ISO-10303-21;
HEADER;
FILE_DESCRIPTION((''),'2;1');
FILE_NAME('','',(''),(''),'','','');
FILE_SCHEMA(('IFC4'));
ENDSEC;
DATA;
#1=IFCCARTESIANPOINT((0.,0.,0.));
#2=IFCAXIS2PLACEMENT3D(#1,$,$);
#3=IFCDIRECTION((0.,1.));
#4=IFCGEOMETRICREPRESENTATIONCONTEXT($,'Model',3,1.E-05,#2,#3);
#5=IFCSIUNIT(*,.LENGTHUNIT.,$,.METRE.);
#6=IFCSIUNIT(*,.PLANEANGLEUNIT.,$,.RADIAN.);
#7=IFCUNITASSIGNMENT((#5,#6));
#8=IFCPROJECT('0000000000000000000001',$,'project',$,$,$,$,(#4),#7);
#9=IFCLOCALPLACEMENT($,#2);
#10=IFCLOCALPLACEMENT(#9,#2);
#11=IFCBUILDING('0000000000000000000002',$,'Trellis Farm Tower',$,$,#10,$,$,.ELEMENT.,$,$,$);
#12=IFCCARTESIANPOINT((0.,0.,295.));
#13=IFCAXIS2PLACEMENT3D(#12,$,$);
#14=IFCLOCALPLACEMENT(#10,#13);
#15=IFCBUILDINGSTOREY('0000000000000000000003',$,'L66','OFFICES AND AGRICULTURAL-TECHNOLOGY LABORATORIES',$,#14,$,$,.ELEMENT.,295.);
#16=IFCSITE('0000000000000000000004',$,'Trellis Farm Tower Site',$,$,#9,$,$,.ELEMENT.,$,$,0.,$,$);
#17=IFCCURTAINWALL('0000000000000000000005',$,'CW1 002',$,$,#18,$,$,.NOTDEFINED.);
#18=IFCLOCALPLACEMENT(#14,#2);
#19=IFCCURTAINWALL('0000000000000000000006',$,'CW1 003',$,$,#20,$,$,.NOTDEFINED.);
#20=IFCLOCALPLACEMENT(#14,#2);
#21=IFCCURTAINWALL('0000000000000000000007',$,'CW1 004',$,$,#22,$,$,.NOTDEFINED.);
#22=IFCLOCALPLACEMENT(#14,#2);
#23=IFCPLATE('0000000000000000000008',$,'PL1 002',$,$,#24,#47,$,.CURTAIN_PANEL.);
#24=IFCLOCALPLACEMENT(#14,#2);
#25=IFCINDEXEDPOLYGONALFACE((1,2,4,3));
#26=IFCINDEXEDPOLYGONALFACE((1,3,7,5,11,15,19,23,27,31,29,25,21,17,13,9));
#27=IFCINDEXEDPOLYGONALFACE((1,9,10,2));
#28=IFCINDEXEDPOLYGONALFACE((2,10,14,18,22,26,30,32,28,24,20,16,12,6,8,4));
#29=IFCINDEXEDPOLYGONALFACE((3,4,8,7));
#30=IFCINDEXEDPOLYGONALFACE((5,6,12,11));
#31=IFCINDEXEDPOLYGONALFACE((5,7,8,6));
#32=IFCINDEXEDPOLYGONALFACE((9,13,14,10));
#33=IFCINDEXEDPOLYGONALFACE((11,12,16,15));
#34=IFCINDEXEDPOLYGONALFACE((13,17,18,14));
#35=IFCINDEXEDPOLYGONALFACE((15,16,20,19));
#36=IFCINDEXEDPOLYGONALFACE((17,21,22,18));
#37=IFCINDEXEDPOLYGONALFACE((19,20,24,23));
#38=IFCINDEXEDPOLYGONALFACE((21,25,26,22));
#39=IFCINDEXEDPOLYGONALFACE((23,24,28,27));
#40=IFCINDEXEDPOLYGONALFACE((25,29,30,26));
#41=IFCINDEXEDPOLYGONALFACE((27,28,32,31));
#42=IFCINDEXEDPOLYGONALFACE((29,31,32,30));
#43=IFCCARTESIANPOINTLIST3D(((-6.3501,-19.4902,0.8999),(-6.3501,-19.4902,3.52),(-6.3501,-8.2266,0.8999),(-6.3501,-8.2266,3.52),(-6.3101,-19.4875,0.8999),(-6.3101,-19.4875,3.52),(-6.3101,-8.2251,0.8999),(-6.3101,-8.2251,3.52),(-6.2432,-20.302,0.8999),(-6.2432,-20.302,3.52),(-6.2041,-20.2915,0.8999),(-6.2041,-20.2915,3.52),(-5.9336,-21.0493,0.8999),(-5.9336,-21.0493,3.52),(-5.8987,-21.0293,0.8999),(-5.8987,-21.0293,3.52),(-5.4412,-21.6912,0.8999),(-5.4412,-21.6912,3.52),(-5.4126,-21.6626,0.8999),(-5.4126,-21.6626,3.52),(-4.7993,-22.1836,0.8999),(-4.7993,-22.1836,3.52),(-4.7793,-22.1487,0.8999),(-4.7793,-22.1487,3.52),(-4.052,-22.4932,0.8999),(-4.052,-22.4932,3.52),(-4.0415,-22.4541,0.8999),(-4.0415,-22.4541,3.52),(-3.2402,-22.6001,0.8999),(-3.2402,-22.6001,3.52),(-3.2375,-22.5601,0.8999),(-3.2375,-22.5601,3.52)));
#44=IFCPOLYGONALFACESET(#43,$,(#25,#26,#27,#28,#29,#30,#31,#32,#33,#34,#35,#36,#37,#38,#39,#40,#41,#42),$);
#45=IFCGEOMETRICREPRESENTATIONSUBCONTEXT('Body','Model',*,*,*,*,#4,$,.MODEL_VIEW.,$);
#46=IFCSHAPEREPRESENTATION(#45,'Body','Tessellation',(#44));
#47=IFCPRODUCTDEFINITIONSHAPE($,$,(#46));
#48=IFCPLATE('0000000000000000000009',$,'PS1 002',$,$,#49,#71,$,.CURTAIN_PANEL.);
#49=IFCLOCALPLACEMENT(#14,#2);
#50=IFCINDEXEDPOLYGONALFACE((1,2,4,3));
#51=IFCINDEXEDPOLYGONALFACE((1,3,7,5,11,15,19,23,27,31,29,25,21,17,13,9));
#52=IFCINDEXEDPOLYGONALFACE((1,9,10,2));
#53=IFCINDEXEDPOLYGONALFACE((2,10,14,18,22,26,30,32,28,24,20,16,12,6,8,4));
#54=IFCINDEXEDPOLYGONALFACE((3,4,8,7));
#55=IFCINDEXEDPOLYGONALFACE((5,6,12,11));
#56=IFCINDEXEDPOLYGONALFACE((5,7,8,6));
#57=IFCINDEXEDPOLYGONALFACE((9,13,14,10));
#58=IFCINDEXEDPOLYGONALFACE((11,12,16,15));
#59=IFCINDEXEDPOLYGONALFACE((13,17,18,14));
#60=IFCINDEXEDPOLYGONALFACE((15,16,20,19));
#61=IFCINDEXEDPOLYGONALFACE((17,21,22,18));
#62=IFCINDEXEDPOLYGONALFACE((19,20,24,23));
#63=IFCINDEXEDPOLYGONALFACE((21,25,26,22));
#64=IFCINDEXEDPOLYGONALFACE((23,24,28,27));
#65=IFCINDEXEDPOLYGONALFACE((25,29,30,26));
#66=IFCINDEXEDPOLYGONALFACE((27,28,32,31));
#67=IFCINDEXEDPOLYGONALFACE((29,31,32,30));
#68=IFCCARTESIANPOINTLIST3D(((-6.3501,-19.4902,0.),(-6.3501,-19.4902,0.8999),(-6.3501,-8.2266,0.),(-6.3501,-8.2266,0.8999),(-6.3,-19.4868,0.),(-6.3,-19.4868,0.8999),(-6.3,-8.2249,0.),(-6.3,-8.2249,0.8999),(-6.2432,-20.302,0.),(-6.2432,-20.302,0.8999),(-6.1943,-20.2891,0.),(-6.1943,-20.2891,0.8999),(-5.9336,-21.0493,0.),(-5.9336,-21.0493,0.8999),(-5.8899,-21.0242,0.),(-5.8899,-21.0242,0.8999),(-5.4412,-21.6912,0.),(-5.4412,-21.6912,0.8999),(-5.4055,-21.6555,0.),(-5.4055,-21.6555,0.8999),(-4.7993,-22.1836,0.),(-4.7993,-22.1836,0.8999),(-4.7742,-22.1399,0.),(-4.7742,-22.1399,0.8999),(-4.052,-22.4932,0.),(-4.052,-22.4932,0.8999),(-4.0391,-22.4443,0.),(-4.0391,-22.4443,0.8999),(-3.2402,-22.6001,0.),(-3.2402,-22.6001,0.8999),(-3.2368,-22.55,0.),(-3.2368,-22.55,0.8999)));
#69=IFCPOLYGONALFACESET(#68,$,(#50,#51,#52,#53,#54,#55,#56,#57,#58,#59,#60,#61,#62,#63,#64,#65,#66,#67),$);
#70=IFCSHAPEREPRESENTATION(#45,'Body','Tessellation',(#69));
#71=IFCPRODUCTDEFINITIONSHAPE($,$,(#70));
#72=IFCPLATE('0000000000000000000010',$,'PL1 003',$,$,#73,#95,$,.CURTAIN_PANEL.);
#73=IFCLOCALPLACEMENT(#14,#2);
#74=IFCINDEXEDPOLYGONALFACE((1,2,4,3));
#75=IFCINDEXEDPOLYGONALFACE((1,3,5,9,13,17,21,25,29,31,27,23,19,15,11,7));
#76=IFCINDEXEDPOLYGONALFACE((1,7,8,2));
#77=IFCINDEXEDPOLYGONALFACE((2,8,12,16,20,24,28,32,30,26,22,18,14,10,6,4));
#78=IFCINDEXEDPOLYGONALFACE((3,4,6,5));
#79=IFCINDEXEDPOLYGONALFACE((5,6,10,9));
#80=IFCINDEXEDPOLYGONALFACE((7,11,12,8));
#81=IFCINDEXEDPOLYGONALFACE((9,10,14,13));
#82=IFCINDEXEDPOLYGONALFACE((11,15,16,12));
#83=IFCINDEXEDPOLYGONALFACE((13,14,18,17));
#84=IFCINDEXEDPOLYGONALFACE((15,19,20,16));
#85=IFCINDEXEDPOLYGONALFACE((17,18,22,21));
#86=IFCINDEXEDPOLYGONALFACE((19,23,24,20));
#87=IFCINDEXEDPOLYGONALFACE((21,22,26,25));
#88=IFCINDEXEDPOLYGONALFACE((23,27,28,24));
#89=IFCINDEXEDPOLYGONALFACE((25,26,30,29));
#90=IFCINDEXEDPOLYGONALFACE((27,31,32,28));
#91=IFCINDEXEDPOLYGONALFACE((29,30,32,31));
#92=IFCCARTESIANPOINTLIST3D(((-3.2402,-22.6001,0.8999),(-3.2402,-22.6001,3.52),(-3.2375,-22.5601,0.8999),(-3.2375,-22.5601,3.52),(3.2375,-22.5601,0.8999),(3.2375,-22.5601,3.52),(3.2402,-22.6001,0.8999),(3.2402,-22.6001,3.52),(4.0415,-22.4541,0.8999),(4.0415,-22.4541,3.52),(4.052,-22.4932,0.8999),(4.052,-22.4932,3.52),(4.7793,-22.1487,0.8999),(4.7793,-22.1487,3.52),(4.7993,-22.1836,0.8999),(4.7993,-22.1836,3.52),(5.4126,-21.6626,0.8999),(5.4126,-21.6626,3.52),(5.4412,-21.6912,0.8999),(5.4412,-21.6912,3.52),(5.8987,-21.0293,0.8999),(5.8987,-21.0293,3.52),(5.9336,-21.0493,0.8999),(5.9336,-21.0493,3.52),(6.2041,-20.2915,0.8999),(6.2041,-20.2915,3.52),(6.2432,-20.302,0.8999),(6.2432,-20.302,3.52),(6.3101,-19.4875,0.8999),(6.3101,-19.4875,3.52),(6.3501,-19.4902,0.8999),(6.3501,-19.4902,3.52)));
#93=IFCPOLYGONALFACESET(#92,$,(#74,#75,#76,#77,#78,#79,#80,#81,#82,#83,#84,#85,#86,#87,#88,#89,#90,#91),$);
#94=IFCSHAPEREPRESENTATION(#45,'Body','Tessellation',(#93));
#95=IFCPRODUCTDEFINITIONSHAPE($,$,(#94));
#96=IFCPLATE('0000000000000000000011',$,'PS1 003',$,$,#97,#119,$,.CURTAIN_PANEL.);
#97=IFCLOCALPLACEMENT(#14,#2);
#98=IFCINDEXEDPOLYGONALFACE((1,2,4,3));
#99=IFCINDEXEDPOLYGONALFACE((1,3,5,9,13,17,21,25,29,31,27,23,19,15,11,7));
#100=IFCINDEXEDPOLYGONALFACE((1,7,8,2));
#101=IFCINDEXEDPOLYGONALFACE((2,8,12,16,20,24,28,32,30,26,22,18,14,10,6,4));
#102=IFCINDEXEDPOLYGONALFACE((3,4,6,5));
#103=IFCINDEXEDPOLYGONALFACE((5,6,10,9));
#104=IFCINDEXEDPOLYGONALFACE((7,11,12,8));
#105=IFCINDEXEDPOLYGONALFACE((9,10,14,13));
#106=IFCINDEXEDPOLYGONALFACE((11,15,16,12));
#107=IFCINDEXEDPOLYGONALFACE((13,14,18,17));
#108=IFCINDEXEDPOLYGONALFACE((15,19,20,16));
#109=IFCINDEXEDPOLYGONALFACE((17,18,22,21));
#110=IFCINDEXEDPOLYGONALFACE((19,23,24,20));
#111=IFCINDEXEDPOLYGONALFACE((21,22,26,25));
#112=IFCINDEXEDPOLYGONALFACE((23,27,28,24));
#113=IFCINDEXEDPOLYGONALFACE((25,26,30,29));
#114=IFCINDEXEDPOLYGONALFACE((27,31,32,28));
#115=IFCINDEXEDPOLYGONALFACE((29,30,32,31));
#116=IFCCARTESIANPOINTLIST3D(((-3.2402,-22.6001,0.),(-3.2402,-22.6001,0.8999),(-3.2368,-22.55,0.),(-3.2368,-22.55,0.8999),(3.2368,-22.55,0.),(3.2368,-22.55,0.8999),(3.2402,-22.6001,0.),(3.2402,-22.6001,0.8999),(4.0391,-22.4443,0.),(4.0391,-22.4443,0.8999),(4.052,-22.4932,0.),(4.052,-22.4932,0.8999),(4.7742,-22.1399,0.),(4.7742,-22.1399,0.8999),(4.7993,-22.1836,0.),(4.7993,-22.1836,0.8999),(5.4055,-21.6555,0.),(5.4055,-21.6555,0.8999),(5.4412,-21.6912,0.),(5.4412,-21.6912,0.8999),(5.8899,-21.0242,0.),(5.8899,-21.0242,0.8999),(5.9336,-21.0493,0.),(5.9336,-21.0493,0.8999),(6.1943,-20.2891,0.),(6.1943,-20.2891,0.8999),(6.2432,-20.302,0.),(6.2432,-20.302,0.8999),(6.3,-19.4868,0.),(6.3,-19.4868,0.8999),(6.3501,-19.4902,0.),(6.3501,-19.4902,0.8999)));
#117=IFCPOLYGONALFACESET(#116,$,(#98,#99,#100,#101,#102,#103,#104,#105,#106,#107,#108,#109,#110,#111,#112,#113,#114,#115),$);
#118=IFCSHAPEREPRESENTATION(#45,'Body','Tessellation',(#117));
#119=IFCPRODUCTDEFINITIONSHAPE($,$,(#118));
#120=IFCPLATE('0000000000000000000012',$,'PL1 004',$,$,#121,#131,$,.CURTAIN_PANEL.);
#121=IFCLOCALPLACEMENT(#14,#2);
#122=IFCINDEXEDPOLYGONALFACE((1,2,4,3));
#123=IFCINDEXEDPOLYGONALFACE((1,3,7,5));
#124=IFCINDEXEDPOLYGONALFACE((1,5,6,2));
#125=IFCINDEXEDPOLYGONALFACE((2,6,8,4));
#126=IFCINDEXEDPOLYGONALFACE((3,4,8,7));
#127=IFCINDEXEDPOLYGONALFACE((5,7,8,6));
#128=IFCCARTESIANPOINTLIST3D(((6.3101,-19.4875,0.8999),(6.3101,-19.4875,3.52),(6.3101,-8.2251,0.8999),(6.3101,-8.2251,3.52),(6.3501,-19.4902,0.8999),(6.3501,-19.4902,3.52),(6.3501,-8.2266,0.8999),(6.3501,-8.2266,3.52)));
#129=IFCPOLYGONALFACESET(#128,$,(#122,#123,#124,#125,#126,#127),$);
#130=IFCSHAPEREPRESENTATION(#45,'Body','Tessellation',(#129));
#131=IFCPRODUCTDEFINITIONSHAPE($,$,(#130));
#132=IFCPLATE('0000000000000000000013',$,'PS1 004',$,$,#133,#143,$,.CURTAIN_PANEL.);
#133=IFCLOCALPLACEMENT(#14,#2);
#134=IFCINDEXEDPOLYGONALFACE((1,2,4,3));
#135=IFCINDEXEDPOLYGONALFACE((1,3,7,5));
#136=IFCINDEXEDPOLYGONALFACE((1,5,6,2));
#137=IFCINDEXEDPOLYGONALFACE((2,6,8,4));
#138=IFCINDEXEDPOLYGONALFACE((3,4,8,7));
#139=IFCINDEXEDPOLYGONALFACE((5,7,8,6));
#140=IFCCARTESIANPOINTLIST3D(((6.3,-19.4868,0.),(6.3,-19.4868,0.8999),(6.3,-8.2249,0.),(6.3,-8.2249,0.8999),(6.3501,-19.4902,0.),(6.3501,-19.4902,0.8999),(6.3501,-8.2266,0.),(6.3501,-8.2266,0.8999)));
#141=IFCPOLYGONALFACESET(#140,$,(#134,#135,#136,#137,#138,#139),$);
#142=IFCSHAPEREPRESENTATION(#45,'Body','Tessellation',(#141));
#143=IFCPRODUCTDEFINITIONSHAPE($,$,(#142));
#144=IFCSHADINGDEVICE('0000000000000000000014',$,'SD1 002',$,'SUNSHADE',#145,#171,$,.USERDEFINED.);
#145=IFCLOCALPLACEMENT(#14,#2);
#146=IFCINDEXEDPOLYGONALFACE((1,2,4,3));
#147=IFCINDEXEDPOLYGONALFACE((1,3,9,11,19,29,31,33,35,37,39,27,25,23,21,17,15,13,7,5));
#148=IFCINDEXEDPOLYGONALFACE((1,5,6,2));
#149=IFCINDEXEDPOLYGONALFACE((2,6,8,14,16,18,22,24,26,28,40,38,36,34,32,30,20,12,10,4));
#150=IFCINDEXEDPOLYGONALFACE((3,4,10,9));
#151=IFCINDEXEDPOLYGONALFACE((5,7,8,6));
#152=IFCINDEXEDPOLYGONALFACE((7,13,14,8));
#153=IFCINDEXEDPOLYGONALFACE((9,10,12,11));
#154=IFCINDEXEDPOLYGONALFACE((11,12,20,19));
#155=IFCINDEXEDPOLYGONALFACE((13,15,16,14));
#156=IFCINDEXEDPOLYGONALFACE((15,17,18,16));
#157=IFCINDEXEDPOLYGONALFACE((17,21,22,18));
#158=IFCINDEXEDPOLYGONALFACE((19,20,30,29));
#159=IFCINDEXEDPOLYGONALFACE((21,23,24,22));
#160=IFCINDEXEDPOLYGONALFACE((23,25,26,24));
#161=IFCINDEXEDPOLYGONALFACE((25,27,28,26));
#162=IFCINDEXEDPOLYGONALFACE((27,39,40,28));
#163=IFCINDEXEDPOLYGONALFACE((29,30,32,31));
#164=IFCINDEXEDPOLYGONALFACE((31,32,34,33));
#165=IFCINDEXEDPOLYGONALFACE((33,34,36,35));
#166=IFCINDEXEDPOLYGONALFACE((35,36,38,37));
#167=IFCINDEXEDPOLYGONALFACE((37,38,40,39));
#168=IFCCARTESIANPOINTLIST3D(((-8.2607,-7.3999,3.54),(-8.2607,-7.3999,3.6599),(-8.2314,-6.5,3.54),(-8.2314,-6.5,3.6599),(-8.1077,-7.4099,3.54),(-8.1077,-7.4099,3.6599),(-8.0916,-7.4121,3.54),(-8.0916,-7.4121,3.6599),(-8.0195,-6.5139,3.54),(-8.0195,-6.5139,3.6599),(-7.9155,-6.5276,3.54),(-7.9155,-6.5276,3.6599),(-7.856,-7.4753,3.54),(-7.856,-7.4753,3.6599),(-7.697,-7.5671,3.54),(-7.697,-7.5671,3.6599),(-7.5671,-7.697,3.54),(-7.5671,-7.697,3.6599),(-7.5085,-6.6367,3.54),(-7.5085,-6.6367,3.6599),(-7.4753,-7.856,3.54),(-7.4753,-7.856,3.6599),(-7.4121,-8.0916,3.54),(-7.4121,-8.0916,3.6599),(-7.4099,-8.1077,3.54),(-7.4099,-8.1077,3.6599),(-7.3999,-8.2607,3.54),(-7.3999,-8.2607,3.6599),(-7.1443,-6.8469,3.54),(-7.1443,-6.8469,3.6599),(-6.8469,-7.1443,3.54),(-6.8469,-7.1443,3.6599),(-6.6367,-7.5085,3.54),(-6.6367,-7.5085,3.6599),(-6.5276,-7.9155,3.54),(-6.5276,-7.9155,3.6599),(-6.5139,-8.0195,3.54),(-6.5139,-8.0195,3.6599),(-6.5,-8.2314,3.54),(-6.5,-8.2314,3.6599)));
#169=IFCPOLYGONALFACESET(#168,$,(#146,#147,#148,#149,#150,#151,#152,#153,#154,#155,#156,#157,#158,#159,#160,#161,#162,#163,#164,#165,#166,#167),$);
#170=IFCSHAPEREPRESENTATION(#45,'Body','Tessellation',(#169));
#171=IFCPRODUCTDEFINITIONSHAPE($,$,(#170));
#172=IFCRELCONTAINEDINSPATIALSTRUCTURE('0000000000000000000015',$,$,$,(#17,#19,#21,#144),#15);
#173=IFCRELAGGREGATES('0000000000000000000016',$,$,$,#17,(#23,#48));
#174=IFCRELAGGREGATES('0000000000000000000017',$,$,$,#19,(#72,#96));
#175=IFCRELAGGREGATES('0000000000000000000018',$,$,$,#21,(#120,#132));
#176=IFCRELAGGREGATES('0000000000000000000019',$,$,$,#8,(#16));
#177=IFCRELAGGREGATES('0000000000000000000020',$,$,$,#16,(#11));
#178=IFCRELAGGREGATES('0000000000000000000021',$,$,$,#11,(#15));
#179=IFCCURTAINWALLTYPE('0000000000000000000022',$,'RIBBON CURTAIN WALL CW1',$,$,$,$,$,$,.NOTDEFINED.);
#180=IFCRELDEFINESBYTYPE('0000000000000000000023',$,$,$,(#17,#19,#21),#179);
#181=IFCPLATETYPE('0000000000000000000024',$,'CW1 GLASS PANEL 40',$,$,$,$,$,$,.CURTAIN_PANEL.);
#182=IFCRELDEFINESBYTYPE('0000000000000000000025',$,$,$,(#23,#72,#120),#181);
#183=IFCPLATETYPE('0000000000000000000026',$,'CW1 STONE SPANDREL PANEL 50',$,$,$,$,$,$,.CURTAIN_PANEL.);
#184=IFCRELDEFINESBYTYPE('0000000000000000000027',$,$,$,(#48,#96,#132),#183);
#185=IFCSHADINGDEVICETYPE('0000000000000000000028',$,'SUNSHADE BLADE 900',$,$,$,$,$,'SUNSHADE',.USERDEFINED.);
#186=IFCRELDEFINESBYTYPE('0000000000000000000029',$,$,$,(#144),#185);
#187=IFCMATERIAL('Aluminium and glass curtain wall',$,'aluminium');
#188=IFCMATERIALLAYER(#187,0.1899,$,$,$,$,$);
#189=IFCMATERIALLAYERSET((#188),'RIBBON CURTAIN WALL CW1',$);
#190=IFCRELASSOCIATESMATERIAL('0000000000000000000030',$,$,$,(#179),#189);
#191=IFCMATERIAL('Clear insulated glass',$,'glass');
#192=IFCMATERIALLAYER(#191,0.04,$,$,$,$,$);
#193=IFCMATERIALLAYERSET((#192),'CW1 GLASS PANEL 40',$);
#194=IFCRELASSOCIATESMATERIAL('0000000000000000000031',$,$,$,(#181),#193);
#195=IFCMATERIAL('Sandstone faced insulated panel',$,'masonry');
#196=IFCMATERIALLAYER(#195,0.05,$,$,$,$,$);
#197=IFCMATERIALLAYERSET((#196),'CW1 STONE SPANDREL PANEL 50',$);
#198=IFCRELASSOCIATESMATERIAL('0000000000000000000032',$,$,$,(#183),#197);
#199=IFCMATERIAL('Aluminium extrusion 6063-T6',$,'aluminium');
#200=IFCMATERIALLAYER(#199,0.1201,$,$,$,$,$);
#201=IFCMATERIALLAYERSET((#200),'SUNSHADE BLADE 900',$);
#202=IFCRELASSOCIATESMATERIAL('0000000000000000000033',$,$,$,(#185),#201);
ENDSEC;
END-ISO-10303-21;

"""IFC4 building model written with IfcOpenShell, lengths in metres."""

from ifc_helpers import new_model, si_unit, direction, frame, origin, place, context, subcontext, project, spatial, polyline, outline, extrude, source, transform, mapped, material, layer, layer_set, type_object, element, aggregate, save


model = new_model("IFC4")

# Units and contexts
model_context = context("Model", 3, precision=1e-05, world=origin(), true_north=direction((0.0, 1.0)))
body_context = subcontext(model_context, "Body", "Model", "MODEL_VIEW")
ifc_project = project(units=[si_unit("LENGTHUNIT", "METRE"), si_unit("PLANEANGLEUNIT", "RADIAN")], contexts=[model_context])

# Site, building, storey
site_placement = place(None, origin())
site = spatial("IfcSite", under=ifc_project, at=site_placement, Name="Trellis Farm Tower Site", CompositionType="ELEMENT", RefElevation=0.0)
building_placement = place(site_placement, origin())
building = spatial("IfcBuilding", under=site, at=building_placement, Name="Trellis Farm Tower", CompositionType="ELEMENT")
storey_placement = place(building_placement, frame((0.0, 0.0, 295.0)))
storey = spatial("IfcBuildingStorey", under=building, at=storey_placement, Name="L66", Description="OFFICES AND AGRICULTURAL-TECHNOLOGY LABORATORIES", CompositionType="ELEMENT", Elevation=295.0)

# Curtain walls
ifc_material_1 = material(Name="Aluminium and glass curtain wall", Category="aluminium")
placement_1 = place(storey_placement, origin())
ifc_material_2 = material(Name="Aluminium extrusion 6063-T6", Category="aluminium")
ifc_layer_1 = layer(ifc_material_1, 0.1899)
ifc_layer_set_1 = layer_set([ifc_layer_1], Name="RIBBON CURTAIN WALL CW1")
curtain_wall_type_1 = type_object("IfcCurtainWallType", Name="RIBBON CURTAIN WALL CW1", PredefinedType="NOTDEFINED", material=ifc_layer_set_1)
curtain_wall_1 = element("IfcCurtainWall", 1, at=placement_1, inside=storey, type_object=curtain_wall_type_1, Name="CW1 002", PredefinedType="NOTDEFINED")
curtain_wall_2 = element("IfcCurtainWall", 2, at=placement_1, inside=storey, type_object=curtain_wall_type_1, Name="CW1 003", PredefinedType="NOTDEFINED")
curtain_wall_3 = element("IfcCurtainWall", 3, at=placement_1, inside=storey, type_object=curtain_wall_type_1, Name="CW1 004", PredefinedType="NOTDEFINED")

# Plates
ifc_material_3 = material(Name="Clear insulated glass", Category="glass")
ifc_layer_2 = layer(ifc_material_3, 0.04)
ifc_layer_set_2 = layer_set([ifc_layer_2], Name="CW1 GLASS PANEL 40")
plate_type_1 = type_object("IfcPlateType", Name="CW1 GLASS PANEL 40", PredefinedType="CURTAIN_PANEL", material=ifc_layer_set_2)
shared_shape_1 = source(origin(), body_context, "Body", "SweptSolid", [
    extrude(outline(polyline([(-6.3501, -8.2266), (-6.3501, -19.4902), (-6.2432, -20.302), (-5.9336, -21.0493), (-5.4412, -21.6912), (-4.7993, -22.1836), (-4.052, -22.4932), (-3.2402, -22.6001), (-3.2375, -22.5601), (-4.0415, -22.4541), (-4.7793, -22.1487), (-5.4126, -21.6626), (-5.8987, -21.0293), (-6.2041, -20.2915), (-6.3101, -19.4875), (-6.3101, -8.2251), (-6.3501, -8.2266)])), origin(), (0.0, 0.0, 1.0), 2.6201),
])
placement_2 = place(storey_placement, frame((0.0, 0.0, 0.8999)))
plate_1 = element("IfcPlate", 4, at=placement_2, type_object=plate_type_1, Name="PL1 002", PredefinedType="CURTAIN_PANEL", context=body_context, shape_type="MappedRepresentation", body=[
    mapped(shared_shape_1, transform((0.0, 0.0, 0.0))),
])
ifc_material_4 = material(Name="Sandstone faced insulated panel", Category="masonry")
ifc_layer_3 = layer(ifc_material_4, 0.05)
ifc_layer_set_3 = layer_set([ifc_layer_3], Name="CW1 STONE SPANDREL PANEL 50")
plate_type_2 = type_object("IfcPlateType", Name="CW1 STONE SPANDREL PANEL 50", PredefinedType="CURTAIN_PANEL", material=ifc_layer_set_3)
shared_shape_2 = source(origin(), body_context, "Body", "SweptSolid", [
    extrude(outline(polyline([(-6.3501, -8.2266), (-6.3501, -19.4902), (-6.2432, -20.302), (-5.9336, -21.0493), (-5.4412, -21.6912), (-4.7993, -22.1836), (-4.052, -22.4932), (-3.2402, -22.6001), (-3.2368, -22.55), (-4.0391, -22.4443), (-4.7742, -22.1399), (-5.4055, -21.6555), (-5.8899, -21.0242), (-6.1943, -20.2891), (-6.3, -19.4868), (-6.3, -8.2249), (-6.3501, -8.2266)])), origin(), (0.0, 0.0, 1.0), 0.8999),
])
plate_2 = element("IfcPlate", 5, at=placement_1, type_object=plate_type_2, Name="PS1 002", PredefinedType="CURTAIN_PANEL", context=body_context, shape_type="MappedRepresentation", body=[
    mapped(shared_shape_2, transform((0.0, 0.0, 0.0))),
])
aggregate(curtain_wall_1, [plate_1, plate_2])
shared_shape_3 = source(origin(), body_context, "Body", "SweptSolid", [
    extrude(outline(polyline([(-3.2402, -22.6001), (3.2402, -22.6001), (4.052, -22.4932), (4.7993, -22.1836), (5.4412, -21.6912), (5.9336, -21.0493), (6.2432, -20.302), (6.3501, -19.4902), (6.3101, -19.4875), (6.2041, -20.2915), (5.8987, -21.0293), (5.4126, -21.6626), (4.7793, -22.1487), (4.0415, -22.4541), (3.2375, -22.5601), (-3.2375, -22.5601), (-3.2402, -22.6001)])), origin(), (0.0, 0.0, 1.0), 2.6201),
])
plate_3 = element("IfcPlate", 6, at=placement_2, type_object=plate_type_1, Name="PL1 003", PredefinedType="CURTAIN_PANEL", context=body_context, shape_type="MappedRepresentation", body=[
    mapped(shared_shape_3, transform((0.0, 0.0, 0.0))),
])
shared_shape_4 = source(origin(), body_context, "Body", "SweptSolid", [
    extrude(outline(polyline([(-3.2402, -22.6001), (3.2402, -22.6001), (4.052, -22.4932), (4.7993, -22.1836), (5.4412, -21.6912), (5.9336, -21.0493), (6.2432, -20.302), (6.3501, -19.4902), (6.3, -19.4868), (6.1943, -20.2891), (5.8899, -21.0242), (5.4055, -21.6555), (4.7742, -22.1399), (4.0391, -22.4443), (3.2368, -22.55), (-3.2368, -22.55), (-3.2402, -22.6001)])), origin(), (0.0, 0.0, 1.0), 0.8999),
])
plate_4 = element("IfcPlate", 7, at=placement_1, type_object=plate_type_2, Name="PS1 003", PredefinedType="CURTAIN_PANEL", context=body_context, shape_type="MappedRepresentation", body=[
    mapped(shared_shape_4, transform((0.0, 0.0, 0.0))),
])
aggregate(curtain_wall_2, [plate_3, plate_4])
shared_shape_5 = source(origin(), body_context, "Body", "SweptSolid", [
    extrude(outline(polyline([(6.3501, -19.4902), (6.3501, -8.2266), (6.3101, -8.2251), (6.3101, -19.4875), (6.3501, -19.4902)])), origin(), (0.0, 0.0, 1.0), 2.6201),
])
plate_5 = element("IfcPlate", 8, at=placement_2, type_object=plate_type_1, Name="PL1 004", PredefinedType="CURTAIN_PANEL", context=body_context, shape_type="MappedRepresentation", body=[
    mapped(shared_shape_5, transform((0.0, 0.0, 0.0))),
])
shared_shape_6 = source(origin(), body_context, "Body", "SweptSolid", [
    extrude(outline(polyline([(6.3501, -19.4902), (6.3501, -8.2266), (6.3, -8.2249), (6.3, -19.4868), (6.3501, -19.4902)])), origin(), (0.0, 0.0, 1.0), 0.8999),
])
plate_6 = element("IfcPlate", 9, at=placement_1, type_object=plate_type_2, Name="PS1 004", PredefinedType="CURTAIN_PANEL", context=body_context, shape_type="MappedRepresentation", body=[
    mapped(shared_shape_6, transform((0.0, 0.0, 0.0))),
])
aggregate(curtain_wall_3, [plate_5, plate_6])

# Shading device
ifc_layer_4 = layer(ifc_material_2, 0.1201)
ifc_layer_set_4 = layer_set([ifc_layer_4], Name="SUNSHADE BLADE 900")
shading_device_type_1 = type_object("IfcShadingDeviceType", Name="SUNSHADE BLADE 900", ElementType="SUNSHADE", PredefinedType="USERDEFINED", material=ifc_layer_set_4)
shared_shape_7 = source(origin(), body_context, "Body", "SweptSolid", [
    extrude(outline(polyline([(-8.2607, -7.3999), (-8.1077, -7.4099), (-8.0916, -7.4121), (-7.856, -7.4753), (-7.697, -7.5671), (-7.5671, -7.697), (-7.4753, -7.856), (-7.4121, -8.0916), (-7.4099, -8.1077), (-7.3999, -8.2607), (-6.5, -8.2314), (-6.5139, -8.0195), (-6.5276, -7.9155), (-6.6367, -7.5085), (-6.8469, -7.1443), (-7.1443, -6.8469), (-7.5085, -6.6367), (-7.9155, -6.5276), (-8.0195, -6.5139), (-8.2314, -6.5), (-8.2607, -7.3999)])), origin(), (0.0, 0.0, 1.0), 0.1199),
])
placement_3 = place(storey_placement, frame((0.0, 0.0, 3.54)))
element("IfcShadingDevice", 10, at=placement_3, inside=storey, type_object=shading_device_type_1, Name="SD1 002", ObjectType="SUNSHADE", PredefinedType="USERDEFINED", context=body_context, shape_type="MappedRepresentation", body=[
    mapped(shared_shape_7, transform((0.0, 0.0, 0.0))),
])

save(model, "model.ifc")
